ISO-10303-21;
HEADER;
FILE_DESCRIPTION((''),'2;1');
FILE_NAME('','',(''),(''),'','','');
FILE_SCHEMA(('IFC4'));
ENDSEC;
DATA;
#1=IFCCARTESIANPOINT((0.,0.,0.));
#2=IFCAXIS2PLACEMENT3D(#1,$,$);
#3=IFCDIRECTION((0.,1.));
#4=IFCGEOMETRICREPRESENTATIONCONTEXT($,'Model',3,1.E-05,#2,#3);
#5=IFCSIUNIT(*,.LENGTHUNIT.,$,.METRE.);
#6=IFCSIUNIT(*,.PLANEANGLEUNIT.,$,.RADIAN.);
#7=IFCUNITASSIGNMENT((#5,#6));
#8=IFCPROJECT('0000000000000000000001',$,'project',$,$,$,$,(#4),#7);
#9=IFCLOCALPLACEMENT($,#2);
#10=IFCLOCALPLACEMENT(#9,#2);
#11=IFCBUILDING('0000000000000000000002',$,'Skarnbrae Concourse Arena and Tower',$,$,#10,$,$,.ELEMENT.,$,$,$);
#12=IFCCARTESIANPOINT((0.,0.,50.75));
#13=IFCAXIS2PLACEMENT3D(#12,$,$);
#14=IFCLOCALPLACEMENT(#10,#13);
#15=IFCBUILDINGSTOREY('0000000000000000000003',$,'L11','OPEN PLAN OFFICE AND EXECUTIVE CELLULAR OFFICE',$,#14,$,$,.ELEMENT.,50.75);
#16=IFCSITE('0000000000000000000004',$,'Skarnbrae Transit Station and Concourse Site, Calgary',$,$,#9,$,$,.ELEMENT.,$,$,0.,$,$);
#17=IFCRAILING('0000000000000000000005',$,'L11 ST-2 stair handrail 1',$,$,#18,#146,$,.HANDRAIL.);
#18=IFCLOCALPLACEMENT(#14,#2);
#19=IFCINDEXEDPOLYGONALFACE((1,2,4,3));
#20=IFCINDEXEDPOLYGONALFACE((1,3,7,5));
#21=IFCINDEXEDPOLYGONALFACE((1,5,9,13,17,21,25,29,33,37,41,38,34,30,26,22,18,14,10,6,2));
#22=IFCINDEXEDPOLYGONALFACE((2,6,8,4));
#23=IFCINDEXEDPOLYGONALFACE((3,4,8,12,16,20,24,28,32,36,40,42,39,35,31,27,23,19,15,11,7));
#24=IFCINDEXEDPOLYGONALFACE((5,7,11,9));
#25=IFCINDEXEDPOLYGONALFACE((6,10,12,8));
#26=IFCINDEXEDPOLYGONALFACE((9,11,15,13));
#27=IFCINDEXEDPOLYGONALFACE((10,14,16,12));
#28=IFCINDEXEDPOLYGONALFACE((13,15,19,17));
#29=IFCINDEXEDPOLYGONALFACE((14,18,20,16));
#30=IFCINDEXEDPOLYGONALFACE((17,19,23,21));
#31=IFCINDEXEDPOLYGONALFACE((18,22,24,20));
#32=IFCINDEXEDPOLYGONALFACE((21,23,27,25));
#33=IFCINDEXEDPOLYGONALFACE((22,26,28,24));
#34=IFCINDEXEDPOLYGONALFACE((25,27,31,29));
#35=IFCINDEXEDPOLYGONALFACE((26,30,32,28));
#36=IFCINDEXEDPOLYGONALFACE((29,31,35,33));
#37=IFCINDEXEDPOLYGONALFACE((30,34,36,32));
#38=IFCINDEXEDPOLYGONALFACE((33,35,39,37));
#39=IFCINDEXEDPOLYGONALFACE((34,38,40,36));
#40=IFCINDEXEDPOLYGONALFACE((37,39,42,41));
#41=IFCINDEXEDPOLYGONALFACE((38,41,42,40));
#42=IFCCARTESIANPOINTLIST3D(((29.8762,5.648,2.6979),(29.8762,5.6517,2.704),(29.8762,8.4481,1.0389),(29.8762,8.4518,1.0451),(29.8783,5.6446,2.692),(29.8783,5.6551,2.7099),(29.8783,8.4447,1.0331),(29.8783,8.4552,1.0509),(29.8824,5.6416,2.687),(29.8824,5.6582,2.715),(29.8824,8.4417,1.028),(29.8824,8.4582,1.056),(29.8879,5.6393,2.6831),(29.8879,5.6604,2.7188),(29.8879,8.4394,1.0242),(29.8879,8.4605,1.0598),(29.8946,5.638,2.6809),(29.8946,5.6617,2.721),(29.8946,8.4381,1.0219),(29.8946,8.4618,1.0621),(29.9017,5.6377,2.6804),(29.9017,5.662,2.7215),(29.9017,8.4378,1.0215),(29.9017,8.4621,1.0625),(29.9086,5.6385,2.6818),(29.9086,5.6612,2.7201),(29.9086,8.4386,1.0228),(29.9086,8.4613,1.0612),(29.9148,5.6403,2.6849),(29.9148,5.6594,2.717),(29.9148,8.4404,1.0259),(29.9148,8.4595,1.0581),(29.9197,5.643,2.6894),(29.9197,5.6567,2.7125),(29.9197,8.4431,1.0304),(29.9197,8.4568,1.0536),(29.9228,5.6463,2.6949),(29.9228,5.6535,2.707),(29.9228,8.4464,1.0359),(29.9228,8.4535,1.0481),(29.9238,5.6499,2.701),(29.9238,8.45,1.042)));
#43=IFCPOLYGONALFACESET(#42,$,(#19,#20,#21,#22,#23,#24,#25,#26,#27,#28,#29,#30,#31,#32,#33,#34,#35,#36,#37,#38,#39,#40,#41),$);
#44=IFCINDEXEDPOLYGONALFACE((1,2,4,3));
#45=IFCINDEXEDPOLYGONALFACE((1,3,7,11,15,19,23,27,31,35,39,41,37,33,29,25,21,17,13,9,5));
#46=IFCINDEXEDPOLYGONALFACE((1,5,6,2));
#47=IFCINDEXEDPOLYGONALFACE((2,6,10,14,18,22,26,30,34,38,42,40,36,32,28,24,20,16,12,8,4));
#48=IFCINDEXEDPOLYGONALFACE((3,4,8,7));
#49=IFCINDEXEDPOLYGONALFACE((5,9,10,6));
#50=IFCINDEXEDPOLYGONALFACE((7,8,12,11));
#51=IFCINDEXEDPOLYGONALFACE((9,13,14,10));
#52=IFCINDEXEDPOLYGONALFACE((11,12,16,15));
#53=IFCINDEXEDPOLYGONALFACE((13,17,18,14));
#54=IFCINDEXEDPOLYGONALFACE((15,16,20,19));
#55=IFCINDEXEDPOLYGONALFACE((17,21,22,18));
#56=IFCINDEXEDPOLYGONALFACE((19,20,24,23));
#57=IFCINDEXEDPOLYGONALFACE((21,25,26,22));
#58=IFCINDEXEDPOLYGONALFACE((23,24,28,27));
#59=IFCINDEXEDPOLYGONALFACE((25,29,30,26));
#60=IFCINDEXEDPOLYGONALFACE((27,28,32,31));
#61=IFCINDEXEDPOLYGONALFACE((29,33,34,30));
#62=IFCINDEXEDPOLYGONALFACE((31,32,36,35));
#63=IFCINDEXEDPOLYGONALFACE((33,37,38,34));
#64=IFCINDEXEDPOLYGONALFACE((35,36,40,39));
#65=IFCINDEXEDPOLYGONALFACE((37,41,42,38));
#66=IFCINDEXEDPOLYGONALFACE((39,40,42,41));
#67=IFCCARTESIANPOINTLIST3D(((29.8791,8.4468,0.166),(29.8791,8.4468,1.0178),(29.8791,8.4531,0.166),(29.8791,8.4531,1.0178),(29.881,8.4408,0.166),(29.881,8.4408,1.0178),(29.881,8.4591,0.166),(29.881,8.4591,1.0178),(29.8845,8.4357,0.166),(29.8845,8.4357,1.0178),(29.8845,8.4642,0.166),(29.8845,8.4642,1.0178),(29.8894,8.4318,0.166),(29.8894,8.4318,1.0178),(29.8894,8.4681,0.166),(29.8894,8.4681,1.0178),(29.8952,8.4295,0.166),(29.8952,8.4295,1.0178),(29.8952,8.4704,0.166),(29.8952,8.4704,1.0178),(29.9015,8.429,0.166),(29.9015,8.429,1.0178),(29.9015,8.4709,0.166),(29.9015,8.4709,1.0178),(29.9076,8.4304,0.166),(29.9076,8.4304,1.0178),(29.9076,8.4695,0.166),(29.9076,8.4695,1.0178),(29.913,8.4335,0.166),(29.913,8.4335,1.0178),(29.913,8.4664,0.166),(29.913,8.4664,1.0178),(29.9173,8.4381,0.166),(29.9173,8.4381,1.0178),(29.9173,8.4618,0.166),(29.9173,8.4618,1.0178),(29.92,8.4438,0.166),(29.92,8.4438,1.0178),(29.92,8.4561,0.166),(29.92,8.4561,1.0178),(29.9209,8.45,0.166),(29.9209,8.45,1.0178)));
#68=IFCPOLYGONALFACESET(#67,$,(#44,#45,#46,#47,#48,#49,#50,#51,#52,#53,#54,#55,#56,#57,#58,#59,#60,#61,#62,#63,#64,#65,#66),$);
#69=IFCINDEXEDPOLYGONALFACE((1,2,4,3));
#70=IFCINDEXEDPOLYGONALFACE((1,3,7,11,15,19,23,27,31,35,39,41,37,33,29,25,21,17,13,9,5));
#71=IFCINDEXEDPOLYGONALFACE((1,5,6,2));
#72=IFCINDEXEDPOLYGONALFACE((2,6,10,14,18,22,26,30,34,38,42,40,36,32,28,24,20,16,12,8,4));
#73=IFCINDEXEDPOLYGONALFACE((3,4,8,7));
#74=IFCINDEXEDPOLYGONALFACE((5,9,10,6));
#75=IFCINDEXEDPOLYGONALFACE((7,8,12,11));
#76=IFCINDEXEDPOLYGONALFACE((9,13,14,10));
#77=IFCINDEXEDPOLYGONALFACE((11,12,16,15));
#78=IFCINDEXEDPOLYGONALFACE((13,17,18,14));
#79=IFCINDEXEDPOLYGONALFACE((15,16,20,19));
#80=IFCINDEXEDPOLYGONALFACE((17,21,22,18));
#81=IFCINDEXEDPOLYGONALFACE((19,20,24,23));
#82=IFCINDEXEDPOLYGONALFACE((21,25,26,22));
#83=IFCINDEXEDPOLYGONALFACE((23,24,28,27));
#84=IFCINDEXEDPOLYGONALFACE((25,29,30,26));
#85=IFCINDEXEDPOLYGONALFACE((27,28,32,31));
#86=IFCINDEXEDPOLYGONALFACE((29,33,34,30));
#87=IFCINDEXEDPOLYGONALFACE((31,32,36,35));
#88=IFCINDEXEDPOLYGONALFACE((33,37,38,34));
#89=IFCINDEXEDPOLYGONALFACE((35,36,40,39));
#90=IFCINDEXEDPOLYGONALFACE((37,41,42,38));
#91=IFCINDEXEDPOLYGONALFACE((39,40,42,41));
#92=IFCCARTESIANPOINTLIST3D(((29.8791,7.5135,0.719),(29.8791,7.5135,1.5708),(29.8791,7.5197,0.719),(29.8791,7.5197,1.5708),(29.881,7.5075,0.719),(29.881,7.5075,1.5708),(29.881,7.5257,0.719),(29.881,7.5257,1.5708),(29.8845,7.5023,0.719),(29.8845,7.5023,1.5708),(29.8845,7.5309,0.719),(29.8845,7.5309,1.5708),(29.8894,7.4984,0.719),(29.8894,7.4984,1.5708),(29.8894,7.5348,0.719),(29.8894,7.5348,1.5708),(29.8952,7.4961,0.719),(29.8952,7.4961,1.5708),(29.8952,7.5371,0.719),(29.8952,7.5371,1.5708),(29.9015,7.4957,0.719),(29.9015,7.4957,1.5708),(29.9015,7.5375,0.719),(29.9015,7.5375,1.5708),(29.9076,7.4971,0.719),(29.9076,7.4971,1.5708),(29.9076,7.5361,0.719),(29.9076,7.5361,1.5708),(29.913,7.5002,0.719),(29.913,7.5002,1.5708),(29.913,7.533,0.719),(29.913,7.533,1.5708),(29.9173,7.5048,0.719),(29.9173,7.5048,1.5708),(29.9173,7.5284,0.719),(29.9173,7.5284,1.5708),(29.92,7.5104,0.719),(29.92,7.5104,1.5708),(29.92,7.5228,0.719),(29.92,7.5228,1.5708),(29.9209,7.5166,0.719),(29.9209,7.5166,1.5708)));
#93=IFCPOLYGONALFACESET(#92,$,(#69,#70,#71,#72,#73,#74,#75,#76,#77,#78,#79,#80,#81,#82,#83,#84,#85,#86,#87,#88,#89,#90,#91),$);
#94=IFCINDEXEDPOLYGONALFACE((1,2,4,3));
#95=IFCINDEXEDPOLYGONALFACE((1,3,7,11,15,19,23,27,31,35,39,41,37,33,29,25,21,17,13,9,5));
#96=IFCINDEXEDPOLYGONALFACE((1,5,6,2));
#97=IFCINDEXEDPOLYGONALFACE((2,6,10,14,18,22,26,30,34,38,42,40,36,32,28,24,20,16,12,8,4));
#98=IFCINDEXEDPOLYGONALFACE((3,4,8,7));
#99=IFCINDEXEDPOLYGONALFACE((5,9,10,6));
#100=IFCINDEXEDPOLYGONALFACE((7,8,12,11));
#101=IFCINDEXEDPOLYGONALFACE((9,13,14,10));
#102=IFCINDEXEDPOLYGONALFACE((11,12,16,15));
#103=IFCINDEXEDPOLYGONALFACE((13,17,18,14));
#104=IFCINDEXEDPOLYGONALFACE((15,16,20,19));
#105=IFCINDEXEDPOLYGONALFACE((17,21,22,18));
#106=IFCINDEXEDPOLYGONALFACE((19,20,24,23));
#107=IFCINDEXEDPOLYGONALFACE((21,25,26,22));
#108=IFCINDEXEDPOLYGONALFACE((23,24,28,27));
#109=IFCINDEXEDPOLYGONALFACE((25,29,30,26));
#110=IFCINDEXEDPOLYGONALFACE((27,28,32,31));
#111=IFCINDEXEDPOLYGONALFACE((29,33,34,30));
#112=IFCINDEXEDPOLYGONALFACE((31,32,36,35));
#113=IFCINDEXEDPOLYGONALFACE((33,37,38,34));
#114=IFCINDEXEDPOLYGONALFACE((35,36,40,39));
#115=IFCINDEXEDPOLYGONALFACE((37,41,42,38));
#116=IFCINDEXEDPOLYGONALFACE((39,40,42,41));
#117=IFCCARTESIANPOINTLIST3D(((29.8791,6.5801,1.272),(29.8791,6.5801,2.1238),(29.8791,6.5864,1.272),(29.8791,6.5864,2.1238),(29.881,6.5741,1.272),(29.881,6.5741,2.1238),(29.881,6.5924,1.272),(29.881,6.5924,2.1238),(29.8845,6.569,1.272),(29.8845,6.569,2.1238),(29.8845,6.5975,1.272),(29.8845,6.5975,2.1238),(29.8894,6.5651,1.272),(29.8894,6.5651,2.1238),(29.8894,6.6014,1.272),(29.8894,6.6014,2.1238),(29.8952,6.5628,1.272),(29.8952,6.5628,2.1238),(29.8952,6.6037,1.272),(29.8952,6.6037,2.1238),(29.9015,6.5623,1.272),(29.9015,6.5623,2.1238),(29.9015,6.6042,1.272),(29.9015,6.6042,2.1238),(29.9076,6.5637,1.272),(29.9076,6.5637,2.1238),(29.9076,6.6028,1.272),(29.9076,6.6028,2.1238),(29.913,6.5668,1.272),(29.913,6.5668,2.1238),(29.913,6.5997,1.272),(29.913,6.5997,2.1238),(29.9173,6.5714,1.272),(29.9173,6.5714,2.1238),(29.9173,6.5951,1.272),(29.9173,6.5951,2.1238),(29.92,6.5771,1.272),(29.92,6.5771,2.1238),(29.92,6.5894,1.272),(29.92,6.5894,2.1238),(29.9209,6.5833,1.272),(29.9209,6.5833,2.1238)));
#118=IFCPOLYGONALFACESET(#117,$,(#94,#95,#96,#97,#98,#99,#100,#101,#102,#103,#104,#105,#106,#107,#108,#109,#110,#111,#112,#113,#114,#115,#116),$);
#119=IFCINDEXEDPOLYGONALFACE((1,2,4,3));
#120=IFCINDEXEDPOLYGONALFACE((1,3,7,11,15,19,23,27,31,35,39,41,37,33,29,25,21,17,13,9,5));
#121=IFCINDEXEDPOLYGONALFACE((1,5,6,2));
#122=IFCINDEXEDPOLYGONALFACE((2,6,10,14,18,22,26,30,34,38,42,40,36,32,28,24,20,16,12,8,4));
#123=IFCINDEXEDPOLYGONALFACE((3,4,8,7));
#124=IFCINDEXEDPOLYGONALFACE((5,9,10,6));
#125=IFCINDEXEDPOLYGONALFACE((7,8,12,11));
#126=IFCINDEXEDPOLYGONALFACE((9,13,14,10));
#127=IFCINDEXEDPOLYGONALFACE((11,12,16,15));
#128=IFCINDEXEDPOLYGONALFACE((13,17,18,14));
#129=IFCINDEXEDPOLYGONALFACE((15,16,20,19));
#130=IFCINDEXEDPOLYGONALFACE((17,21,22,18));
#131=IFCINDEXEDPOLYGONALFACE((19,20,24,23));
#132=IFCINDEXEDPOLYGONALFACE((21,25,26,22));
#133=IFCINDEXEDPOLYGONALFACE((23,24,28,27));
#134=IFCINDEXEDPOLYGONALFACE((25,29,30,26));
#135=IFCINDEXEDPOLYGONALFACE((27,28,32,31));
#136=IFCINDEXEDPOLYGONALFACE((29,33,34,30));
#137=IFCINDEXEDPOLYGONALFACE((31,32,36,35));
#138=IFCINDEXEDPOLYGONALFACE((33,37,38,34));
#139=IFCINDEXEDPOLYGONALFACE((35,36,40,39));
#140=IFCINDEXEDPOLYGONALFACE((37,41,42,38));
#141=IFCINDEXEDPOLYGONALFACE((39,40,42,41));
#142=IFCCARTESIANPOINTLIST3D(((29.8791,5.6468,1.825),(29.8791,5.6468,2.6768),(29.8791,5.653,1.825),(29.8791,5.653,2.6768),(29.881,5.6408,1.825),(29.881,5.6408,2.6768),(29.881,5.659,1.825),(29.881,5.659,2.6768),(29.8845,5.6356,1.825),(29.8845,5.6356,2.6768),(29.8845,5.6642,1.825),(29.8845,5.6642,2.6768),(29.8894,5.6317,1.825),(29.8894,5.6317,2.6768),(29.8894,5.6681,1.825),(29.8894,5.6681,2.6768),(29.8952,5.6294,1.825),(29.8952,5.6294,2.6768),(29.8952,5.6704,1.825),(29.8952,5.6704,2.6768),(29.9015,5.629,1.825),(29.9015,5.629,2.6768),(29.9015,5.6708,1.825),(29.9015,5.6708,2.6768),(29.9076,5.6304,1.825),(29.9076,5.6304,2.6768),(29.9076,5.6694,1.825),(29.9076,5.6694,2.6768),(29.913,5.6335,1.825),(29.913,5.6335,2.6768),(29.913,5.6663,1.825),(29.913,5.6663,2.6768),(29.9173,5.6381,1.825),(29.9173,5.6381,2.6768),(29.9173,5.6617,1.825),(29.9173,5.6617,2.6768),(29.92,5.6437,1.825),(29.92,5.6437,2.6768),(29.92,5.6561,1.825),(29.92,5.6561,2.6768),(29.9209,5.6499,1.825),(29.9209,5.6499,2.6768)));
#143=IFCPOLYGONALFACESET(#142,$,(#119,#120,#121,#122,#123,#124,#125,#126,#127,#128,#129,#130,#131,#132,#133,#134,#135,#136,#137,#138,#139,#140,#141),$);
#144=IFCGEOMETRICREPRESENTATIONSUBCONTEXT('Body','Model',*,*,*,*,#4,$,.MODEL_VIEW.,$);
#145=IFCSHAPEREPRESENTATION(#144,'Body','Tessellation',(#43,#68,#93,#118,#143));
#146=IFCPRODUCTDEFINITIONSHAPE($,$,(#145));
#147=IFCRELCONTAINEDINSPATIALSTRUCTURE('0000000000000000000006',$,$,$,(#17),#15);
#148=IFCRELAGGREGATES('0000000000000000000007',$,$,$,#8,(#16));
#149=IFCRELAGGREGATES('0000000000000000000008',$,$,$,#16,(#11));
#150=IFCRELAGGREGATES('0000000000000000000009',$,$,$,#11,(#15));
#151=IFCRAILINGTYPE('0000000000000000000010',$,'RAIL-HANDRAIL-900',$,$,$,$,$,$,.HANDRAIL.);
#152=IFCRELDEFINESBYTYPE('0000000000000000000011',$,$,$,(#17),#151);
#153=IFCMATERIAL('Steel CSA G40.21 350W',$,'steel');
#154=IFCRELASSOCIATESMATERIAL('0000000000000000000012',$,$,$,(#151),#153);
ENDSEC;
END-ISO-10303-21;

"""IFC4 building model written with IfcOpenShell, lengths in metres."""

from ifc_helpers import new_model, si_unit, direction, frame, origin, origin_2d, place, context, subcontext, project, spatial, circle, extrude, material, type_object, element, save


model = new_model("IFC4")

# Units and contexts
model_context = context("Model", 3, precision=1e-05, world=origin(), true_north=direction((0.0, 1.0)))
body_context = subcontext(model_context, "Body", "Model", "MODEL_VIEW")
ifc_project = project(units=[si_unit("LENGTHUNIT", "METRE"), si_unit("PLANEANGLEUNIT", "RADIAN")], contexts=[model_context])

# Site, building, storey
site_placement = place(None, origin())
site = spatial("IfcSite", under=ifc_project, at=site_placement, Name="Skarnbrae Transit Station and Concourse Site, Calgary", CompositionType="ELEMENT", RefElevation=0.0)
building_placement = place(site_placement, origin())
building = spatial("IfcBuilding", under=site, at=building_placement, Name="Skarnbrae Concourse Arena and Tower", CompositionType="ELEMENT")
storey_placement = place(building_placement, frame((0.0, 0.0, 50.75)))
storey = spatial("IfcBuildingStorey", under=building, at=storey_placement, Name="L11", Description="OPEN PLAN OFFICE AND EXECUTIVE CELLULAR OFFICE", CompositionType="ELEMENT", Elevation=50.75)

# Shared definitions
ifc_material_1 = material(Name="Steel CSA G40.21 350W", Category="steel")

# Railing
railing_type_1 = type_object("IfcRailingType", Name="RAIL-HANDRAIL-900", PredefinedType="HANDRAIL", material=ifc_material_1)
railing_1_placement = place(storey_placement, frame((29.8999, 8.45, 0.166)))
element("IfcRailing", 1, at=railing_1_placement, inside=storey, type_object=railing_type_1, Name="L11 ST-2 stair handrail 1", PredefinedType="HANDRAIL", context=body_context, shape_type="SweptSolid", body=[
    extrude(circle(Radius=0.0239, at=origin_2d()), frame((0.0, 0.0, 0.876), z_axis=(0.0, -0.860339, 0.509722), x_axis=(1.0, 0.0, 0.0)), (0.0, 0.0, 1.0), 3.2546),
    extrude(circle(Radius=0.021, at=origin_2d()), origin(), (0.0, 0.0, 1.0), 0.8518),
    extrude(circle(Radius=0.021, at=origin_2d()), frame((0.0, -0.9333, 0.553)), (0.0, 0.0, 1.0), 0.8518),
    extrude(circle(Radius=0.021, at=origin_2d()), frame((0.0, -1.8667, 1.106)), (0.0, 0.0, 1.0), 0.8518),
    extrude(circle(Radius=0.021, at=origin_2d()), frame((0.0, -2.8, 1.6589)), (0.0, 0.0, 1.0), 0.8518),
])

save(model, "model.ifc")
